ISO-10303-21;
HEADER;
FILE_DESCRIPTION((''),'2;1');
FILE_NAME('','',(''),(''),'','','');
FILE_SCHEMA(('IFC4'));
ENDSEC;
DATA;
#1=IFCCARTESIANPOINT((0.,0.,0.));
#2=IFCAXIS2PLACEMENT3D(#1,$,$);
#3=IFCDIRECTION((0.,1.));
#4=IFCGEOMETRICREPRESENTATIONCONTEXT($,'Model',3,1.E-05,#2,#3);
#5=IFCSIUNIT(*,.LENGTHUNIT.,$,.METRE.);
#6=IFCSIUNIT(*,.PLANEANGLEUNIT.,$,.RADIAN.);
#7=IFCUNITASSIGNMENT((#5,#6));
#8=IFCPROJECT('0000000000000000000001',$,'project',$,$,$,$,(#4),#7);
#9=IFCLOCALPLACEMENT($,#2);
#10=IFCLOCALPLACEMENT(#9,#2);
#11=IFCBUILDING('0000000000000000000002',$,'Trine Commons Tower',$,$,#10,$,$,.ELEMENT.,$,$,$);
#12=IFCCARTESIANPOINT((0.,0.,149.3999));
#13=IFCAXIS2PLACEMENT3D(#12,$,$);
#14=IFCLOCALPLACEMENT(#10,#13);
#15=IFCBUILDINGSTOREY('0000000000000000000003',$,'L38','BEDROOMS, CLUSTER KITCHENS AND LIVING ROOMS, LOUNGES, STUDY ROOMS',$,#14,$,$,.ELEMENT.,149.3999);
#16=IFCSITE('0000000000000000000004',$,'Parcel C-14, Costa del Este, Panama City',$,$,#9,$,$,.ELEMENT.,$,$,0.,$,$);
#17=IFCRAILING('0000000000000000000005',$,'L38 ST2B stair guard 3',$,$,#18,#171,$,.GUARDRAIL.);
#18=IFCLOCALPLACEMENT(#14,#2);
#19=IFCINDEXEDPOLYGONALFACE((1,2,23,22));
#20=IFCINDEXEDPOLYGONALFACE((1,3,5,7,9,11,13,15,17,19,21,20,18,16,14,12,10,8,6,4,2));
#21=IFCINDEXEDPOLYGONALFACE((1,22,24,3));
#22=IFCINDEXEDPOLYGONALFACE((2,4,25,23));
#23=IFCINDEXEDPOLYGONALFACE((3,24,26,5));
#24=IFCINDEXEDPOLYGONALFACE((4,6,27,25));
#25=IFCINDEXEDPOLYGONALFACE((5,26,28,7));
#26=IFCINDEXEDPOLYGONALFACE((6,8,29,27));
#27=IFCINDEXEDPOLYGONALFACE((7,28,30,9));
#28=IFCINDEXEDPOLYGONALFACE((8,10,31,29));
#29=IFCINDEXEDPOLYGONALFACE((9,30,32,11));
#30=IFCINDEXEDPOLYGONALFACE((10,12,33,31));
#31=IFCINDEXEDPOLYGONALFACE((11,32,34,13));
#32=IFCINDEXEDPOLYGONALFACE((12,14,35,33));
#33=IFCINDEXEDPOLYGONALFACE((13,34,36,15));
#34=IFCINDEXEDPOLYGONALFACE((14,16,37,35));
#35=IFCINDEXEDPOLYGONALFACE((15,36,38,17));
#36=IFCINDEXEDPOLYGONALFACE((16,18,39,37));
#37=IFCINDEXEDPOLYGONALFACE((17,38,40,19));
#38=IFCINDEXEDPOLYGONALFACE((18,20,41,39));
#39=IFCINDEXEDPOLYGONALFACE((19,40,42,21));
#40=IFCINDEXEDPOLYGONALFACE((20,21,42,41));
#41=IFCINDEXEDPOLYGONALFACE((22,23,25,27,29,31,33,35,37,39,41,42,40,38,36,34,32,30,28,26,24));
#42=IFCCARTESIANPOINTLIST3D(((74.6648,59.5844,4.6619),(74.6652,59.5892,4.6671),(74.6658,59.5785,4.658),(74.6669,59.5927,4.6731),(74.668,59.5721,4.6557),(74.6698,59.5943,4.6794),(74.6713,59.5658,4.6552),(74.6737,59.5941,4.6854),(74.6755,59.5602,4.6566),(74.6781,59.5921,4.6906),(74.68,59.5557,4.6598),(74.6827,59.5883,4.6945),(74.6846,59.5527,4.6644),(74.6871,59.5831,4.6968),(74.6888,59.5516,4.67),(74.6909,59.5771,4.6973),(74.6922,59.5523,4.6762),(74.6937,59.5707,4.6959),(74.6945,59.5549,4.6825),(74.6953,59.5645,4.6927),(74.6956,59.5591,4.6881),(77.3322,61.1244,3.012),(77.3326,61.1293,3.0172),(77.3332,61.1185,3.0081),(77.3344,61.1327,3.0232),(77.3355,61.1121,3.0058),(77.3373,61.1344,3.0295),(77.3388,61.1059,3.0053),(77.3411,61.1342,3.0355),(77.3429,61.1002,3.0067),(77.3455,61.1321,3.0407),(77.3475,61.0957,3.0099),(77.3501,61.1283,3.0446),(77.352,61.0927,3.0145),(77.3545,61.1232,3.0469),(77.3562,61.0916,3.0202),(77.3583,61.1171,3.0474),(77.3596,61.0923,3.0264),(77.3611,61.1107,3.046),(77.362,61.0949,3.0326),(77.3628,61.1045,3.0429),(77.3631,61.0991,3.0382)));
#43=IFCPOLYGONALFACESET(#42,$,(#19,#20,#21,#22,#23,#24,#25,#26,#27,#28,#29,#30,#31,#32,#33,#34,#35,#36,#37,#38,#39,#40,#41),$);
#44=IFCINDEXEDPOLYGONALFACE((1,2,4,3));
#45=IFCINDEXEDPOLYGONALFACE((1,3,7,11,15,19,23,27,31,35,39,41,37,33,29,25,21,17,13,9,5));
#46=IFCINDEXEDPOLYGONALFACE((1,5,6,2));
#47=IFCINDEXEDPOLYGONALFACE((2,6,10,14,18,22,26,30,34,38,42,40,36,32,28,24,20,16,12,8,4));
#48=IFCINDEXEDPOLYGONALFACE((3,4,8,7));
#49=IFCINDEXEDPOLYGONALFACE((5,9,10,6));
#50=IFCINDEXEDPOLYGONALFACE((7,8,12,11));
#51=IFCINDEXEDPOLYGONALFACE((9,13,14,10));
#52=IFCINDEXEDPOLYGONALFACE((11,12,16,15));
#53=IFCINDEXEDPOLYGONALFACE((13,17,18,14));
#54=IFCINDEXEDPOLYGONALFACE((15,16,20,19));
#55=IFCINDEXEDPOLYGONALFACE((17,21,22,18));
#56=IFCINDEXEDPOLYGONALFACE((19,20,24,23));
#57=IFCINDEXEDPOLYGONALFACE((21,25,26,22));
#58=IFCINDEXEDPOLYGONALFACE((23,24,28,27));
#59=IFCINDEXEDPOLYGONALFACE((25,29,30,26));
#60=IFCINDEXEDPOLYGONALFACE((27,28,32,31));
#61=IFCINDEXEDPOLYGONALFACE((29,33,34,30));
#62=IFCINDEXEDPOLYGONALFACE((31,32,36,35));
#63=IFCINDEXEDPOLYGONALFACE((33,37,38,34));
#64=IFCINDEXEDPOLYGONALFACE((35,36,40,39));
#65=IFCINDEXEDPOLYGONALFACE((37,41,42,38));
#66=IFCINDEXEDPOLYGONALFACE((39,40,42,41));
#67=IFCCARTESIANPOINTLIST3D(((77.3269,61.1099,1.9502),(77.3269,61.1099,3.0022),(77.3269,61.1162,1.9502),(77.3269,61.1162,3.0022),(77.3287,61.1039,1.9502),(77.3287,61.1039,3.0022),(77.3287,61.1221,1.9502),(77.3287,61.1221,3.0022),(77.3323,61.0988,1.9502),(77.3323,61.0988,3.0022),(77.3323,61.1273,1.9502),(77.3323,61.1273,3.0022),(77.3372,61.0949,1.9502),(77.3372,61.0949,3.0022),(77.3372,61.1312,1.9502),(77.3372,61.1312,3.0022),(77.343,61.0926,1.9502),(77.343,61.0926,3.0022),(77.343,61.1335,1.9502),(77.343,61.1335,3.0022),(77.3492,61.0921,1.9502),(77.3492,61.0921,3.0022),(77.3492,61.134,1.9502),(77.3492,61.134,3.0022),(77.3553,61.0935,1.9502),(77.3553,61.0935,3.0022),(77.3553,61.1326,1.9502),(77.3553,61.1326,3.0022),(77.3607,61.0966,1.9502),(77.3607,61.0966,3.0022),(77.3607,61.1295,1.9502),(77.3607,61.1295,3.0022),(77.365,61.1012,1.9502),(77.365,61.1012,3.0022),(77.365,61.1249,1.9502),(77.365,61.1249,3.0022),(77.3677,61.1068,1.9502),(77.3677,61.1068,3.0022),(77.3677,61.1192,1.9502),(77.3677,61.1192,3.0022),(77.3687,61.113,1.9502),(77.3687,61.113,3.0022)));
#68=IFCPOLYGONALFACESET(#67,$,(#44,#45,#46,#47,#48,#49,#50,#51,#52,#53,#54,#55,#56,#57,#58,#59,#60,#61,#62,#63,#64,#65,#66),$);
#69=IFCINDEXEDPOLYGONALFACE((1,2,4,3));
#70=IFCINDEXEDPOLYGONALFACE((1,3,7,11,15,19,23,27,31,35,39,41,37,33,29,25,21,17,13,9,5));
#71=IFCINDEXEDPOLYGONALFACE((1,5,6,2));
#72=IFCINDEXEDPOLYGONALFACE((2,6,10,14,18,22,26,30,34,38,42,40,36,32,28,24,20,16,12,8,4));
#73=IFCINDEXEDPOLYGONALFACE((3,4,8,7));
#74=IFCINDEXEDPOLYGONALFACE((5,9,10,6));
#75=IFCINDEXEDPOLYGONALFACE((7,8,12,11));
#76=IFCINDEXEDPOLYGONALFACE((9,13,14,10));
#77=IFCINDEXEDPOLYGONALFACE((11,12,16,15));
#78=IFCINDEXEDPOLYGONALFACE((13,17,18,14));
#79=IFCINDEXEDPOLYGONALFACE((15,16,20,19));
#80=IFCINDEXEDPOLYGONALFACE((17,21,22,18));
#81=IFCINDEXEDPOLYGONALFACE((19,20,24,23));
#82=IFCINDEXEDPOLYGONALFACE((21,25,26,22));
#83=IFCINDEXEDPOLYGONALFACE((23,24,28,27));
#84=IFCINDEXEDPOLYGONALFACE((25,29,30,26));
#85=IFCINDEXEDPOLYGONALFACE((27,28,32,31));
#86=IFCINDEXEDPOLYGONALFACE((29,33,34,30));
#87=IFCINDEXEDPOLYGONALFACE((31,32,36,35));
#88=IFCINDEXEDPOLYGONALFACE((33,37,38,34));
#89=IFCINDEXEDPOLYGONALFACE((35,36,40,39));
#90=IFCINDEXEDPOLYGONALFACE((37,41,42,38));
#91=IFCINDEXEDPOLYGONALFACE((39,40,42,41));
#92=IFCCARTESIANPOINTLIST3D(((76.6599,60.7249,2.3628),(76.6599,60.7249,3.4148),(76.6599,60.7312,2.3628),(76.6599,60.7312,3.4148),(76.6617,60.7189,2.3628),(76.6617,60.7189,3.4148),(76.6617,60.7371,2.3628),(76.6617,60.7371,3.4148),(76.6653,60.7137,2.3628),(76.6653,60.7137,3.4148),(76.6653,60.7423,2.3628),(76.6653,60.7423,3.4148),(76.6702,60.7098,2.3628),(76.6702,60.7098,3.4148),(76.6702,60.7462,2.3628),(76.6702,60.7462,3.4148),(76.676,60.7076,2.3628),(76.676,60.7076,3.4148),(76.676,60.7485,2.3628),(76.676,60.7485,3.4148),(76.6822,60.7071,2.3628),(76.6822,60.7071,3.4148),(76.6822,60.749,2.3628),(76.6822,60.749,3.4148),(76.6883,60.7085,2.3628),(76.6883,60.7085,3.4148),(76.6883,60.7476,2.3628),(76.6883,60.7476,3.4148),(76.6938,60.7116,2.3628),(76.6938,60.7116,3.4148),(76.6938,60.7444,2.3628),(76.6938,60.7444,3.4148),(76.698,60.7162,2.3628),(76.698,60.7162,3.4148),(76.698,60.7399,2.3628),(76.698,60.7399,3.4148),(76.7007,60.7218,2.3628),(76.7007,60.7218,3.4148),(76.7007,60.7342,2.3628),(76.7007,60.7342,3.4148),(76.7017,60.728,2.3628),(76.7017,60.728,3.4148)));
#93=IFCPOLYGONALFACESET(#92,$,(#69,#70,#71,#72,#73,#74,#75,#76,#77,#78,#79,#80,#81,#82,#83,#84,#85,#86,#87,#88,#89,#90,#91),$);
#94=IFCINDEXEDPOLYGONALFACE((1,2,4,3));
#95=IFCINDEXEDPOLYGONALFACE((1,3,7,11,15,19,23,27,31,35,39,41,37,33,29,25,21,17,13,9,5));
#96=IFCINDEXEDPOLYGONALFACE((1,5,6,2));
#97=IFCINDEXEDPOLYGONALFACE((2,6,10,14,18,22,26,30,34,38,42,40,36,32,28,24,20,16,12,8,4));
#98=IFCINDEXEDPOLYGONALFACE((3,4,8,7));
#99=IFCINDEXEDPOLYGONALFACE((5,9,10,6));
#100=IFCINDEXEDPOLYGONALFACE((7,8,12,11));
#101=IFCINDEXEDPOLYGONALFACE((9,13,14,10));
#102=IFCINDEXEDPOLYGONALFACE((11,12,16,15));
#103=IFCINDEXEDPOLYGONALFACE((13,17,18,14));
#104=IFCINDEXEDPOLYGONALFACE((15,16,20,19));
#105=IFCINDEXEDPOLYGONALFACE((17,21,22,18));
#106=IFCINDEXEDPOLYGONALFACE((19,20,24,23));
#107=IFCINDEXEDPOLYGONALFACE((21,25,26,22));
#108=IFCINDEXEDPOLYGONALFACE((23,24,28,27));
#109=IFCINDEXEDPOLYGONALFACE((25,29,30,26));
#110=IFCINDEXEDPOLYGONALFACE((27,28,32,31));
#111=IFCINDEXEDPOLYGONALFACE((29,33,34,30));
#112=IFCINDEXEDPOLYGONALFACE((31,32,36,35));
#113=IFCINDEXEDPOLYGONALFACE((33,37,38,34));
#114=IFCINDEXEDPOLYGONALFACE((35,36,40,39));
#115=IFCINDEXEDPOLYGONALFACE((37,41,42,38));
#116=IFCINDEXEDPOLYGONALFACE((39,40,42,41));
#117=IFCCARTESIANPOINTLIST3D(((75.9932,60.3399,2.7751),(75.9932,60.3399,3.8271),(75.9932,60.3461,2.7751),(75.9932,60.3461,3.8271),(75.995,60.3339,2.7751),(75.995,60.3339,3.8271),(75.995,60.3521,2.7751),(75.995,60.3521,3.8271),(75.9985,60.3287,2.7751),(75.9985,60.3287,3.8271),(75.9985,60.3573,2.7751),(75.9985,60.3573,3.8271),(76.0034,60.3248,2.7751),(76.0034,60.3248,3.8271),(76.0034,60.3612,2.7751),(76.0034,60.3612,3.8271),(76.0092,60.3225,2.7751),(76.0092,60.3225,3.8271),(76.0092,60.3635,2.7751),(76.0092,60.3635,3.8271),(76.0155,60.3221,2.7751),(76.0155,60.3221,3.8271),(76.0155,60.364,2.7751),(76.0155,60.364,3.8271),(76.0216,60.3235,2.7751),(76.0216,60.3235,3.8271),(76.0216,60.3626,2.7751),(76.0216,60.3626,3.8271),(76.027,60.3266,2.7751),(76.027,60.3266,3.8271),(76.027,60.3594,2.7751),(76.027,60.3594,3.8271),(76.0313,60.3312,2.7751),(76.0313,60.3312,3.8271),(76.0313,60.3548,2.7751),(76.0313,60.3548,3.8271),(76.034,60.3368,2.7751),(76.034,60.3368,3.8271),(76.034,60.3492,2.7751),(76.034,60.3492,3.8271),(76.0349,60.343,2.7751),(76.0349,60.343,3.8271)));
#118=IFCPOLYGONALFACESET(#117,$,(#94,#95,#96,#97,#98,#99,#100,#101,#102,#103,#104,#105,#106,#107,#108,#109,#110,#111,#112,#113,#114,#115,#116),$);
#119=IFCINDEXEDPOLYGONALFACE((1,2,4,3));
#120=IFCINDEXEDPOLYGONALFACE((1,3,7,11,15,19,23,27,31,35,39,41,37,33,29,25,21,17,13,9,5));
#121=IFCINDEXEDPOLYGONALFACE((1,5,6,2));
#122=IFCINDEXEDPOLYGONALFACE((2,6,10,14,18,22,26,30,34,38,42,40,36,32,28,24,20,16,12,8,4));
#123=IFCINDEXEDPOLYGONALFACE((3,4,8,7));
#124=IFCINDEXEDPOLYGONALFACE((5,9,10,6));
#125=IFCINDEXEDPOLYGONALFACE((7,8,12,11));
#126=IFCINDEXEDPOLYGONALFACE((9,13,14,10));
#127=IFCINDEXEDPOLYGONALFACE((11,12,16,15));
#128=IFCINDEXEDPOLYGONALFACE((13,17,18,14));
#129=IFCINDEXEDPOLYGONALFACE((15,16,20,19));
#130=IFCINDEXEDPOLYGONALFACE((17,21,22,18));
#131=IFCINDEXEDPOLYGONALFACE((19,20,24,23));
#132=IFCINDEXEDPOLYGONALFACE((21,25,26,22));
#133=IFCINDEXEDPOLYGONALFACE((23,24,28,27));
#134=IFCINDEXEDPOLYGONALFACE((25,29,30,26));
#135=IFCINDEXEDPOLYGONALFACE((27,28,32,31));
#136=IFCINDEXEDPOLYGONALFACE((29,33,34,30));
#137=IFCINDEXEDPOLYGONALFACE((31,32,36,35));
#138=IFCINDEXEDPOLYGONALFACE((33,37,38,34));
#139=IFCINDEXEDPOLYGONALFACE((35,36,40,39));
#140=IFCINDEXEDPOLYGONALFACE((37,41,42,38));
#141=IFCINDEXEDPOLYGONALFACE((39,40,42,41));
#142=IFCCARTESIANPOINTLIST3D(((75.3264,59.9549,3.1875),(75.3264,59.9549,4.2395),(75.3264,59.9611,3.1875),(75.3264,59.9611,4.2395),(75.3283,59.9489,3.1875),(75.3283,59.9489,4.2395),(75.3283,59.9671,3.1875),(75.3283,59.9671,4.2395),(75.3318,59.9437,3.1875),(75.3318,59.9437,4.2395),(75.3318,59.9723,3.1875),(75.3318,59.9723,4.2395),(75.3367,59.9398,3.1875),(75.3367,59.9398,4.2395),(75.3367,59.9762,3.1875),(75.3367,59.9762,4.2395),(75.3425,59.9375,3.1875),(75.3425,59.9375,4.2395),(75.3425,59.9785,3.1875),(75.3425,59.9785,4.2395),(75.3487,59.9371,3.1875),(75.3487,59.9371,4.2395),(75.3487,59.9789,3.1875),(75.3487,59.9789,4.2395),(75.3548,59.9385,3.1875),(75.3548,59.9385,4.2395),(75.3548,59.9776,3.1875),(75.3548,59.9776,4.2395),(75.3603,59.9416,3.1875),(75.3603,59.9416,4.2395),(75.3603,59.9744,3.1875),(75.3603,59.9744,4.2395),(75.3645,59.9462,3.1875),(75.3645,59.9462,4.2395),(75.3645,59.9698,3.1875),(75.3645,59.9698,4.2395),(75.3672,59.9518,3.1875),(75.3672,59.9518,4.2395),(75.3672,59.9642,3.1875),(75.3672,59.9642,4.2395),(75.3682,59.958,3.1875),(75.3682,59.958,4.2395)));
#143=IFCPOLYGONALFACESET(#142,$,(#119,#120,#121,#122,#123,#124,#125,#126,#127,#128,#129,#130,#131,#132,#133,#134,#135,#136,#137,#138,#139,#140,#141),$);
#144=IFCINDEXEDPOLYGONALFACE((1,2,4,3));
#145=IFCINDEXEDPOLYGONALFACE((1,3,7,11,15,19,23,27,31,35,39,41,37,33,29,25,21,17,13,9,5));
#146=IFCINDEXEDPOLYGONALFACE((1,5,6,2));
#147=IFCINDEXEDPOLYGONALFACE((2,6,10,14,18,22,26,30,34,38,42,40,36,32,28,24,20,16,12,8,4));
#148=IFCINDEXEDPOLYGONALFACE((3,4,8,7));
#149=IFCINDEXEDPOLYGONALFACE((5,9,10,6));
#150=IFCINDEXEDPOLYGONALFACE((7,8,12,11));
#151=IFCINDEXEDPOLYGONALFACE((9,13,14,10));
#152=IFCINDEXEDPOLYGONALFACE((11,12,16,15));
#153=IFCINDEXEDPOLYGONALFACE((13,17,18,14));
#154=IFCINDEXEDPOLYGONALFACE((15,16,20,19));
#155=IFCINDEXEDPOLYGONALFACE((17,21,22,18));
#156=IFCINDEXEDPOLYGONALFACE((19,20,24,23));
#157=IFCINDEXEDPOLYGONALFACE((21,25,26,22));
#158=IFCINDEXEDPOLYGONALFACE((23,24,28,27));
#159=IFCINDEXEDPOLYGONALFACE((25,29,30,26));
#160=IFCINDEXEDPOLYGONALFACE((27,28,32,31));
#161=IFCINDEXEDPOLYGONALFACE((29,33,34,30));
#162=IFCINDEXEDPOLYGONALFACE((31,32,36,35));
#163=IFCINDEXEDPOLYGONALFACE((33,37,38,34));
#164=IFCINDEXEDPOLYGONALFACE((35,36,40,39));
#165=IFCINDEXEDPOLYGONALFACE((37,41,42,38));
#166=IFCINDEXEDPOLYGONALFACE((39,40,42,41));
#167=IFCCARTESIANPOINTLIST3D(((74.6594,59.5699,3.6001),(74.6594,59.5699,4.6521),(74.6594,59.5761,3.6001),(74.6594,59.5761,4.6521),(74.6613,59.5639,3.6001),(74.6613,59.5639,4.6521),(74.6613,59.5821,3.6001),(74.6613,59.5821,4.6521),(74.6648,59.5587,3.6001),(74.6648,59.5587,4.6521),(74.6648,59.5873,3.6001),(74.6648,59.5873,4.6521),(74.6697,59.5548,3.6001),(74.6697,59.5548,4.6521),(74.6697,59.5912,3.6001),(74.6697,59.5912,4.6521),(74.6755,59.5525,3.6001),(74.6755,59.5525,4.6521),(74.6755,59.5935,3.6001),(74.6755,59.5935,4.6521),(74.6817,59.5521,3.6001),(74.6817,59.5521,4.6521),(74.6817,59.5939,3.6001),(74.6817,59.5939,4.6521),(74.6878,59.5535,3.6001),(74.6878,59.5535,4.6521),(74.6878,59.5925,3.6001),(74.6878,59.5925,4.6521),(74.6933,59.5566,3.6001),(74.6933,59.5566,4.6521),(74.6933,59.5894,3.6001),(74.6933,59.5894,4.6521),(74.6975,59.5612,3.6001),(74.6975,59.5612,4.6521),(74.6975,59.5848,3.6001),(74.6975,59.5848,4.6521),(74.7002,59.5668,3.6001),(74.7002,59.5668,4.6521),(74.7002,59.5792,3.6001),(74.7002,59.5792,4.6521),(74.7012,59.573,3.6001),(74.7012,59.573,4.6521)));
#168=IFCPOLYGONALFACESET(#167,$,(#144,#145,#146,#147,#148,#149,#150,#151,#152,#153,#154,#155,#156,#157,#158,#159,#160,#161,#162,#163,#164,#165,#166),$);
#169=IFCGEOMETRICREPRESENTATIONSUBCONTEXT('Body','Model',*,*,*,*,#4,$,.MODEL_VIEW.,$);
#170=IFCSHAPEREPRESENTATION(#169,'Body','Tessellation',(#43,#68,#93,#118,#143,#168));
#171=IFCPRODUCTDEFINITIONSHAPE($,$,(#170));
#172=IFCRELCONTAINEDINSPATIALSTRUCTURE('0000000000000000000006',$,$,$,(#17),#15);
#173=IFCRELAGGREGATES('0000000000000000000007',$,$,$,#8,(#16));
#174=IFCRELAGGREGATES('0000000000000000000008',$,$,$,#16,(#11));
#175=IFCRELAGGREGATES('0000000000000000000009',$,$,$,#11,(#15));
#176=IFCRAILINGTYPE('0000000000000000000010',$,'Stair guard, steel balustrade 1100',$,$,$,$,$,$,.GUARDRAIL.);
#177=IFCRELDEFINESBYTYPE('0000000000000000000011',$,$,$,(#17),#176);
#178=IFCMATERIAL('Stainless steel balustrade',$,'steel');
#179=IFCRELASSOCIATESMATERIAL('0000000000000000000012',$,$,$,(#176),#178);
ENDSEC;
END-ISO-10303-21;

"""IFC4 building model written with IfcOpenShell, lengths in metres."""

from ifc_helpers import new_model, si_unit, direction, frame, origin, origin_2d, place, context, subcontext, project, spatial, circle, extrude, material, type_object, element, save


model = new_model("IFC4")

# Units and contexts
model_context = context("Model", 3, precision=1e-05, world=origin(), true_north=direction((0.0, 1.0)))
body_context = subcontext(model_context, "Body", "Model", "MODEL_VIEW")
ifc_project = project(units=[si_unit("LENGTHUNIT", "METRE"), si_unit("PLANEANGLEUNIT", "RADIAN")], contexts=[model_context])

# Site, building, storey
site_placement = place(None, origin())
site = spatial("IfcSite", under=ifc_project, at=site_placement, Name="Parcel C-14, Costa del Este, Panama City", CompositionType="ELEMENT", RefElevation=0.0)
building_placement = place(site_placement, origin())
building = spatial("IfcBuilding", under=site, at=building_placement, Name="Trine Commons Tower", CompositionType="ELEMENT")
storey_placement = place(building_placement, frame((0.0, 0.0, 149.3999)))
storey = spatial("IfcBuildingStorey", under=building, at=storey_placement, Name="L38", Description="BEDROOMS, CLUSTER KITCHENS AND LIVING ROOMS, LOUNGES, STUDY ROOMS", CompositionType="ELEMENT", Elevation=149.3999)

# Railing
ifc_material_1 = material(Name="Stainless steel balustrade", Category="steel")
railing_type_1 = type_object("IfcRailingType", Name="Stair guard, steel balustrade 1100", PredefinedType="GUARDRAIL", material=ifc_material_1)
railing_1_placement = place(storey_placement, frame((77.3477, 61.113, 1.9502)))
element("IfcRailing", 1, at=railing_1_placement, inside=storey, type_object=railing_type_1, Name="L38 ST2B stair guard 3", PredefinedType="GUARDRAIL", context=body_context, shape_type="SweptSolid", body=[
    extrude(circle(Radius=0.0239, at=origin_2d()), frame((0.0, 0.0, 1.0762), z_axis=(-0.763405, -0.440743, 0.472185), x_axis=(0.499992, -0.86603, 0.0)), (0.0, 0.0, 1.0), 3.4941),
    extrude(circle(Radius=0.021, at=origin_2d()), origin(), (0.0, 0.0, 1.0), 1.052),
    extrude(circle(Radius=0.021, at=origin_2d()), frame((-0.667, -0.385, 0.4126)), (0.0, 0.0, 1.0), 1.052),
    extrude(circle(Radius=0.021, at=origin_2d()), frame((-1.3337, -0.77, 0.825)), (0.0, 0.0, 1.0), 1.052),
    extrude(circle(Radius=0.021, at=origin_2d()), frame((-2.0005, -1.155, 1.2373)), (0.0, 0.0, 1.0), 1.052),
    extrude(circle(Radius=0.021, at=origin_2d()), frame((-2.6675, -1.54, 1.6499)), (0.0, 0.0, 1.0), 1.052),
])

save(model, "model.ifc")
